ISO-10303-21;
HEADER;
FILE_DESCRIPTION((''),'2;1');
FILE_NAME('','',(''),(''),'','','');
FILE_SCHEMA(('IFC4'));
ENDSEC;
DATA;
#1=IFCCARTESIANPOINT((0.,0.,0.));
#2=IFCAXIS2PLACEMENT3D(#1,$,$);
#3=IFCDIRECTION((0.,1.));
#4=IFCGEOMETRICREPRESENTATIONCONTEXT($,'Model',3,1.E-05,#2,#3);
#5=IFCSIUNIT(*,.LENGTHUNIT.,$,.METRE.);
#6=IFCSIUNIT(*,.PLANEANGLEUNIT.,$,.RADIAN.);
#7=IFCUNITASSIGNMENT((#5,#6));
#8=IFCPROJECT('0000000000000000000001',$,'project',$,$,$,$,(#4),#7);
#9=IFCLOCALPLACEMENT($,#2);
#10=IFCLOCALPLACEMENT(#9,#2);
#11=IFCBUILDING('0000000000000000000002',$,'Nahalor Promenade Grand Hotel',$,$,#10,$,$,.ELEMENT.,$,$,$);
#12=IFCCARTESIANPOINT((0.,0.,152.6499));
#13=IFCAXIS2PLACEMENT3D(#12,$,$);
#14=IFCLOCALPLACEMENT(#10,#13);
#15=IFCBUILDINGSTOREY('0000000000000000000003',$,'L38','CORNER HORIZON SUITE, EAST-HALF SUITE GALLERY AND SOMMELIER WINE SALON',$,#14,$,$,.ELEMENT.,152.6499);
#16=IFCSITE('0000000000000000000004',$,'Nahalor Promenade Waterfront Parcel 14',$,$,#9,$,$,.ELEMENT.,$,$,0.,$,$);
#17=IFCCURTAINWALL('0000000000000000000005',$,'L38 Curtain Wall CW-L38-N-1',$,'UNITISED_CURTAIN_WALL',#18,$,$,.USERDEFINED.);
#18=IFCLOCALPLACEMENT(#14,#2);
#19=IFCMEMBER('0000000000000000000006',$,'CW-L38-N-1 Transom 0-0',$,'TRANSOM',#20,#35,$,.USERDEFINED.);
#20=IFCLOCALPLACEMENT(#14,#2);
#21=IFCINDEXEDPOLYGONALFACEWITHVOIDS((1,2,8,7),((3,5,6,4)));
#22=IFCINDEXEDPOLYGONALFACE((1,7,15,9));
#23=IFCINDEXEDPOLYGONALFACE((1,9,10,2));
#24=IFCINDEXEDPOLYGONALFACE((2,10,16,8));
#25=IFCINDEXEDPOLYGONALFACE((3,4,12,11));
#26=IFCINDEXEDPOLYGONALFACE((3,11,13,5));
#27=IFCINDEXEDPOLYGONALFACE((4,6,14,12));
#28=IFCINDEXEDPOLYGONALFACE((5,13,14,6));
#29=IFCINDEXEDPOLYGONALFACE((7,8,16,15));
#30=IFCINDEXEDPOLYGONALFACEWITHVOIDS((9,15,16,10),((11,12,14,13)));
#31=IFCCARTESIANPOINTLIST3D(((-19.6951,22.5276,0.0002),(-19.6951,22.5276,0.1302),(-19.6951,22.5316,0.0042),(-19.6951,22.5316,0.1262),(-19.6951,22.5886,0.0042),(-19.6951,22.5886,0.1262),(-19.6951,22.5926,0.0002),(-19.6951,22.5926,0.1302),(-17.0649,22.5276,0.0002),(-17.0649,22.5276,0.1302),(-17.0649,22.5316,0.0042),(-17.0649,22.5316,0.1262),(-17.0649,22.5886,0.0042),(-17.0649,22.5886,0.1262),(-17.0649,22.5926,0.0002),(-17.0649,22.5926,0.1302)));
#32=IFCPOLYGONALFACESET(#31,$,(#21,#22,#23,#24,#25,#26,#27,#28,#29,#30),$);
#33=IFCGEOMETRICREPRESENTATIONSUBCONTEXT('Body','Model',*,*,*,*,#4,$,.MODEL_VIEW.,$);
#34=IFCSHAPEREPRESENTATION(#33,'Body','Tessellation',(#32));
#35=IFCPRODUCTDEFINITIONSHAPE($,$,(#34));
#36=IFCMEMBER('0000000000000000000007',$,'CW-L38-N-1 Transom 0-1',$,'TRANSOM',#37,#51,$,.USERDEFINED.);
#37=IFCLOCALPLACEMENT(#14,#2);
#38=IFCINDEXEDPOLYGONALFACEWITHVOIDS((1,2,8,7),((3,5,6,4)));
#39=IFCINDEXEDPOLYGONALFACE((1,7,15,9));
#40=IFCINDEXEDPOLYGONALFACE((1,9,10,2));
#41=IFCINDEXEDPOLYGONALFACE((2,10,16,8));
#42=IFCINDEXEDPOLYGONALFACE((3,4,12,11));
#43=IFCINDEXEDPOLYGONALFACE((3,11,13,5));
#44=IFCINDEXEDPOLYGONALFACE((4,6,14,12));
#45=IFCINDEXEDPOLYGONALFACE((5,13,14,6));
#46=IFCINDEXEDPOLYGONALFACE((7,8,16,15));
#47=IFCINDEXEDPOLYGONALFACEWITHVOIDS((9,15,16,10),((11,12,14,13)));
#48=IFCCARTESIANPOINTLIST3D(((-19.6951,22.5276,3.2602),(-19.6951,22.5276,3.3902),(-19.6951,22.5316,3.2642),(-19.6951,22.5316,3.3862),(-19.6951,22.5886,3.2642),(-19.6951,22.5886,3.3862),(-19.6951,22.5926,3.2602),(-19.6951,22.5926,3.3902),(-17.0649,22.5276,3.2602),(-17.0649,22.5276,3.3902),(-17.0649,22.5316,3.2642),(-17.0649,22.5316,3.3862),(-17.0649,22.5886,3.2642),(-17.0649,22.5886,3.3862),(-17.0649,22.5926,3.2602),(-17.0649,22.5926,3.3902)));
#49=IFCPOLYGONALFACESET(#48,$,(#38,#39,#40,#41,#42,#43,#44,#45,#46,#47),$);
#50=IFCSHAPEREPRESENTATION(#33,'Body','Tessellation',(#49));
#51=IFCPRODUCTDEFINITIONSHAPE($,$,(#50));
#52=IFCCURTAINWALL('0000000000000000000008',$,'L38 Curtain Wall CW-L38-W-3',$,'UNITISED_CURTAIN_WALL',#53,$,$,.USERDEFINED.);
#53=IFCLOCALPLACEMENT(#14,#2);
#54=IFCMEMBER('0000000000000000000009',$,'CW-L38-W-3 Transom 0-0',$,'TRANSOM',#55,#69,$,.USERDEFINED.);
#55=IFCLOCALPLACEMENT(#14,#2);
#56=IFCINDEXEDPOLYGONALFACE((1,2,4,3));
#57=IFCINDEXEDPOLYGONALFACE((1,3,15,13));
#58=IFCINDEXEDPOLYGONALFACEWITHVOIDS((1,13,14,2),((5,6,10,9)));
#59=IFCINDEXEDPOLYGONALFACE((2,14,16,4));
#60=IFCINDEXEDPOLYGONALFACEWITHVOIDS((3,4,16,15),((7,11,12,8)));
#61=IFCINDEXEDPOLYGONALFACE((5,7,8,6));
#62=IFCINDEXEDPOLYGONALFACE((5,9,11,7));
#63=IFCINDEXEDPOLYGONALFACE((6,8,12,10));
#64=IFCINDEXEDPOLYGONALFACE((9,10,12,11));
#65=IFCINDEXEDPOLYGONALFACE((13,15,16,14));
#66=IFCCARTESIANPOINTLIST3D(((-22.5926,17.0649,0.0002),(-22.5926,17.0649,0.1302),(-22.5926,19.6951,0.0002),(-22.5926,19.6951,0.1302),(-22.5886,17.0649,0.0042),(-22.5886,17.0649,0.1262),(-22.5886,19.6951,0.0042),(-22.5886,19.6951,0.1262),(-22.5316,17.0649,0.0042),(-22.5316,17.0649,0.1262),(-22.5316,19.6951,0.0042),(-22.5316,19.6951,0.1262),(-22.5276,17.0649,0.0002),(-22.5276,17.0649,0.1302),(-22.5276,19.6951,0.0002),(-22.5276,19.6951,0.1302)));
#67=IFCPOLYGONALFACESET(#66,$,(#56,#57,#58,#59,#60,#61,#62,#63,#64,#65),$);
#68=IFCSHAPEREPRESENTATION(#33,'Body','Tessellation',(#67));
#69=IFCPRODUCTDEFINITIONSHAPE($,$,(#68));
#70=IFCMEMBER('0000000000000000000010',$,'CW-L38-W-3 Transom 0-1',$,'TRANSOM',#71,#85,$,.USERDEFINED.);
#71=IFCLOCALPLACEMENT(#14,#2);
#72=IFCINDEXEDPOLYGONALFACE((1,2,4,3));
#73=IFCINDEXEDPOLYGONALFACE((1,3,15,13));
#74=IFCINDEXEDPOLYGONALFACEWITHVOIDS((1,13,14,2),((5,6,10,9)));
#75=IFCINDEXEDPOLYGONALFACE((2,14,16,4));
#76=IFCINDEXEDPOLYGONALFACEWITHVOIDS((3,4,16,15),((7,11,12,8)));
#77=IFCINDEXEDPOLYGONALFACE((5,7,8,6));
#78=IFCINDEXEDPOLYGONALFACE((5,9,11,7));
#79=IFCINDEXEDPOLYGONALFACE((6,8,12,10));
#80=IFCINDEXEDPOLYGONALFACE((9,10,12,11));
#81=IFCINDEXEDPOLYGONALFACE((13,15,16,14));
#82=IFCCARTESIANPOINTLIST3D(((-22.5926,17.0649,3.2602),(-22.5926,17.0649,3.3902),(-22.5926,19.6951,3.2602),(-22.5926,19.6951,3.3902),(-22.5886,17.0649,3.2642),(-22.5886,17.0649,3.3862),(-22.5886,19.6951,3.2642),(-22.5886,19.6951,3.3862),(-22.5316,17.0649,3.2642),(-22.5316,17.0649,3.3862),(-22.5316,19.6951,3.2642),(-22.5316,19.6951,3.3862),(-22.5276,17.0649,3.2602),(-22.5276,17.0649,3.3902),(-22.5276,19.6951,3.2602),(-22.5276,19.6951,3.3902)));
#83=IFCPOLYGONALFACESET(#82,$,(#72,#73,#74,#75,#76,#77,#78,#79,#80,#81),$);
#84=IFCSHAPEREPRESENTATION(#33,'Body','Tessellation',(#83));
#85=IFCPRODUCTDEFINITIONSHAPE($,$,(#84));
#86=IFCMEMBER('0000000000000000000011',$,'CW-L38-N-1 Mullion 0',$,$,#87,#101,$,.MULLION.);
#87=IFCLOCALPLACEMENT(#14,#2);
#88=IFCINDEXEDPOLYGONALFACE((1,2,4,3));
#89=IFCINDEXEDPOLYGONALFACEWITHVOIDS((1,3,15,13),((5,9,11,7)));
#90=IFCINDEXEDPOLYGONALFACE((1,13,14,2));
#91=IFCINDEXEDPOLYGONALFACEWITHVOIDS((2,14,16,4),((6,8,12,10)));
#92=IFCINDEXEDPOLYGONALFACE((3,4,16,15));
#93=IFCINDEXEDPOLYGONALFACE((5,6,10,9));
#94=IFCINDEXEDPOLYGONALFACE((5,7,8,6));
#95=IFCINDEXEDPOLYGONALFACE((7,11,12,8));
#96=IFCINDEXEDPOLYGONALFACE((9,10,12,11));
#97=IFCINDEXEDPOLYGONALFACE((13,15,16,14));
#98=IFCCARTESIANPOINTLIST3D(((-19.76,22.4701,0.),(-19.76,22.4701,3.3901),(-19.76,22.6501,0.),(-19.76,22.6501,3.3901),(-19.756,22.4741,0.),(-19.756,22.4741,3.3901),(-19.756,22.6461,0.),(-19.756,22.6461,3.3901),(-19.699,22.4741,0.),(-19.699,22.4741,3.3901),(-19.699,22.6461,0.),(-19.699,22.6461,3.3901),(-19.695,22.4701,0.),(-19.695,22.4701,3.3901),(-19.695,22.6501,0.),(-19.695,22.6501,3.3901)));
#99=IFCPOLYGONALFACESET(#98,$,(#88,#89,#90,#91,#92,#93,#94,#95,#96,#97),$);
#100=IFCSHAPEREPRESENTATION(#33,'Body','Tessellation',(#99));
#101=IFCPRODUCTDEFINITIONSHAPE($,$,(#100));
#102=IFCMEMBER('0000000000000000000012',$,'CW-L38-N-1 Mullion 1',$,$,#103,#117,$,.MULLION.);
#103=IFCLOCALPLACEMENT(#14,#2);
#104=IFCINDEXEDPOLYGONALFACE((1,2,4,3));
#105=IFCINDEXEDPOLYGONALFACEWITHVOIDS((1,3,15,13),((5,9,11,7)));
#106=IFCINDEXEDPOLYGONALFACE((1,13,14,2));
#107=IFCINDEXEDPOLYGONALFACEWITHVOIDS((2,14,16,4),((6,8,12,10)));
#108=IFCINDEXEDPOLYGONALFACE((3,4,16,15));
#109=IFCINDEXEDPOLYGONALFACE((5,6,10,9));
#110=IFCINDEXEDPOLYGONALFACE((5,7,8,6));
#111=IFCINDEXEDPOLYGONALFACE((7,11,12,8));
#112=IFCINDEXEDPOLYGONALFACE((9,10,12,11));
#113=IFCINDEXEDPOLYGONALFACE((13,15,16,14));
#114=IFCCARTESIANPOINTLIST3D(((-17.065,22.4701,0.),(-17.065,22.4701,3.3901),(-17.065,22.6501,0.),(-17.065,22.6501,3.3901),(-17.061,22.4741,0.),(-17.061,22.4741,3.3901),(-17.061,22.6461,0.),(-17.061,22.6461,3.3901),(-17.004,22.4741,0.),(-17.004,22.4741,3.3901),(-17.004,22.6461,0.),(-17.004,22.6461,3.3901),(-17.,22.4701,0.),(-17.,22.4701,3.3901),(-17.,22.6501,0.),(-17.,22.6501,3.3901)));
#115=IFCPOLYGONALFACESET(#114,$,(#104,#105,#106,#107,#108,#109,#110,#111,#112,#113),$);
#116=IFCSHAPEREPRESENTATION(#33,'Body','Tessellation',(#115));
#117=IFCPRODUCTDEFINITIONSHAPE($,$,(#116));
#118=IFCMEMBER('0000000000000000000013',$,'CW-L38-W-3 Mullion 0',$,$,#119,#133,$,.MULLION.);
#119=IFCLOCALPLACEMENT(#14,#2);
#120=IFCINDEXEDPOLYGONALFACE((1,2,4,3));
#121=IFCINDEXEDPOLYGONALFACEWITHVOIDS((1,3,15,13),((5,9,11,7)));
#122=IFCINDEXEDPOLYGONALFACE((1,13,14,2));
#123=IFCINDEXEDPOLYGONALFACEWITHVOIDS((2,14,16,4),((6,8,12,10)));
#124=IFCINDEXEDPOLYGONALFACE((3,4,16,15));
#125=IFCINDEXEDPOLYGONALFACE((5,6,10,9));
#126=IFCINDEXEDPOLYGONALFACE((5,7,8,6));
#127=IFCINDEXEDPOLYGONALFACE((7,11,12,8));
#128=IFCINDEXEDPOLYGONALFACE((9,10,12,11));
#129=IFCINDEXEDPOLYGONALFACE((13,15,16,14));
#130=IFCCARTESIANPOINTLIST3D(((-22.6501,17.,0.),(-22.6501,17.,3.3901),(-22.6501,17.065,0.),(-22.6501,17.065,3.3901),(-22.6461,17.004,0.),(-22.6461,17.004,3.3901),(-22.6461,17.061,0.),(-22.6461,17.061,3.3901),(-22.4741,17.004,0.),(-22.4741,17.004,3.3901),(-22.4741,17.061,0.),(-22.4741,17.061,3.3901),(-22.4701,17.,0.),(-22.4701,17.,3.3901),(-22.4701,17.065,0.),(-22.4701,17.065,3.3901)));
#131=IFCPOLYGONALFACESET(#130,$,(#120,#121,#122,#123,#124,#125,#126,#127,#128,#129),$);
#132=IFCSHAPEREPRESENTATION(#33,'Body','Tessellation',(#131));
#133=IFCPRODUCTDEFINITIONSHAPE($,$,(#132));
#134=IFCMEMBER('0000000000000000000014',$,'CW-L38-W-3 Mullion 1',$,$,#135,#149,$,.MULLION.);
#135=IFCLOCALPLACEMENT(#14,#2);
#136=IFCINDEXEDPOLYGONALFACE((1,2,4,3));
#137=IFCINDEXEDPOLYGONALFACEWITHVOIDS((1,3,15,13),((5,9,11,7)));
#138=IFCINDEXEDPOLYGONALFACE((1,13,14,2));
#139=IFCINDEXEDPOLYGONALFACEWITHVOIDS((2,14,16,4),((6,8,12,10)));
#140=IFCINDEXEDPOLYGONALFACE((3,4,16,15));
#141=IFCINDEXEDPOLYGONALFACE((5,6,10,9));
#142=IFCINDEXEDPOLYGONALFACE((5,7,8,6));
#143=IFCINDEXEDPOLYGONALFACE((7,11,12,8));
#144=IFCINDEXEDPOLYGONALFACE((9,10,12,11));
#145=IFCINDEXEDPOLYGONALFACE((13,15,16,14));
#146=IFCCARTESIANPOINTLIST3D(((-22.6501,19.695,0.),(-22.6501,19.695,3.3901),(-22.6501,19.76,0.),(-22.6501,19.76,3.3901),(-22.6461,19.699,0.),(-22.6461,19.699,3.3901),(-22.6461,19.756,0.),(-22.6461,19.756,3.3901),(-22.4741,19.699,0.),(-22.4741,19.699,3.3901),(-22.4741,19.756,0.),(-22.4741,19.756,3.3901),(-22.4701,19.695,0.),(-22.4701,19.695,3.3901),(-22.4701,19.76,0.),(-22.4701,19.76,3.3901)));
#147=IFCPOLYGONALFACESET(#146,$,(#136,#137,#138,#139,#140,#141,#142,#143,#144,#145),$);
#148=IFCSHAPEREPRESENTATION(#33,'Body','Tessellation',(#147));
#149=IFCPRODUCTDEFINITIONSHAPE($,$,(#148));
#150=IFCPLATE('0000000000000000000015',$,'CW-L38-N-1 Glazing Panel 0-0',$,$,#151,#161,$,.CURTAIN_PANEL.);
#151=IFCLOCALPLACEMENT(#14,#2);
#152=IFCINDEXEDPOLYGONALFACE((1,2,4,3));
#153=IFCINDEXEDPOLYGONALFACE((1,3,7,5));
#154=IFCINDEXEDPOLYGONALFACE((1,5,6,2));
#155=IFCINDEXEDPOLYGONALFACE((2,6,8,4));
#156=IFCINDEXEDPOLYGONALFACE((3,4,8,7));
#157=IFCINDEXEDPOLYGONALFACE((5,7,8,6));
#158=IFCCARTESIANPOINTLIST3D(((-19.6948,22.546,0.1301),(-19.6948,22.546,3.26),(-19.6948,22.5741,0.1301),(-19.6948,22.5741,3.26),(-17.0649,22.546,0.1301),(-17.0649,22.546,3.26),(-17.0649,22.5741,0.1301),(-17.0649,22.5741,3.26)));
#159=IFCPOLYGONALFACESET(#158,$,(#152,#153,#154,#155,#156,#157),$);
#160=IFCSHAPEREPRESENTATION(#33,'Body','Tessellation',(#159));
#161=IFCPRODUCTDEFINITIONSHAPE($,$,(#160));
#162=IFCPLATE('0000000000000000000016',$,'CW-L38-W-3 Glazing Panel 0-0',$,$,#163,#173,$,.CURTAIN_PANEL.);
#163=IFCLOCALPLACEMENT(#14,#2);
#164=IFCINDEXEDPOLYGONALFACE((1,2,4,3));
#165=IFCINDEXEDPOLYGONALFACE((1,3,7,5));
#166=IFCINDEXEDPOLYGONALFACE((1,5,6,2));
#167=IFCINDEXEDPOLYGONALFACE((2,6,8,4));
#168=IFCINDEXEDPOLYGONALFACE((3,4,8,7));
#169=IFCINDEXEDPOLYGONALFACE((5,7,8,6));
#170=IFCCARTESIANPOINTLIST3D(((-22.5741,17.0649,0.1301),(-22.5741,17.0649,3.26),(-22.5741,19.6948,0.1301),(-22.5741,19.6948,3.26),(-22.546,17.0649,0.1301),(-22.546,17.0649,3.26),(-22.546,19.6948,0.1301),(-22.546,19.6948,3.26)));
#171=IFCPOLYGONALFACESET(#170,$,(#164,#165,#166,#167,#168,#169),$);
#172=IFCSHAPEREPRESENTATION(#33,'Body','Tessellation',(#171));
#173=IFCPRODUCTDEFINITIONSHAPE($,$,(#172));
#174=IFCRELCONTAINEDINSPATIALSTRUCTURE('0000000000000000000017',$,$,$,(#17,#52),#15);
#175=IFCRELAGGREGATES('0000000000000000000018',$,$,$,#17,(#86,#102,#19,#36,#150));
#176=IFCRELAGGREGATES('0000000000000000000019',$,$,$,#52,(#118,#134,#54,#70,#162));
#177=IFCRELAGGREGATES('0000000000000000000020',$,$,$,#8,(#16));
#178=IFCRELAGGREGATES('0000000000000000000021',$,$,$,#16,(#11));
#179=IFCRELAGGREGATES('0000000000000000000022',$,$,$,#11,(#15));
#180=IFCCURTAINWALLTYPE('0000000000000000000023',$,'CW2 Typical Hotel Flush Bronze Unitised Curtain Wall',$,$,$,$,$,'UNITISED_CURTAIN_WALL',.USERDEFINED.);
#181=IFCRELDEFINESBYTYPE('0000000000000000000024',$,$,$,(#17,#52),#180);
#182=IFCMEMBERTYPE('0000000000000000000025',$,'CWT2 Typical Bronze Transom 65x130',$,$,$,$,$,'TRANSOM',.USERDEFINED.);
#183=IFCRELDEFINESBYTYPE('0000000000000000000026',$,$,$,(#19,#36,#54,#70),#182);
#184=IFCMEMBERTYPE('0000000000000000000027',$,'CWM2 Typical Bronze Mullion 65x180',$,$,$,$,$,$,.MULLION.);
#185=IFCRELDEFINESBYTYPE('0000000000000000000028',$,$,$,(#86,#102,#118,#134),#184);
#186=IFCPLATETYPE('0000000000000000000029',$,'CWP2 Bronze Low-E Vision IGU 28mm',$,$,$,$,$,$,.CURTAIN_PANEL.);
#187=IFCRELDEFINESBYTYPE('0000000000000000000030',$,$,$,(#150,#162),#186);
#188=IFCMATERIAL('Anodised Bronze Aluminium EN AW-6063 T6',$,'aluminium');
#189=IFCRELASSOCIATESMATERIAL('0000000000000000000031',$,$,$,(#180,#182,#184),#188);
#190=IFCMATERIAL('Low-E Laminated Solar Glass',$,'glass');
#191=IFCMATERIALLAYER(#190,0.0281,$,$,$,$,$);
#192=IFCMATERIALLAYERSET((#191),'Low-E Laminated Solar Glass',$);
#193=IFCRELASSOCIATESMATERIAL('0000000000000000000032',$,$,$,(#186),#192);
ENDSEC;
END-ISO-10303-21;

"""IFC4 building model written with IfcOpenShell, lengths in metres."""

from ifc_helpers import new_model, si_unit, direction, frame, origin, origin_2d, place, context, subcontext, project, spatial, rectangle, hollow_rectangle, extrude, source, transform, mapped, material, layer, layer_set, material_profile, profile_set, type_object, element, aggregate, save


model = new_model("IFC4")

# Units and contexts
model_context = context("Model", 3, precision=1e-05, world=origin(), true_north=direction((0.0, 1.0)))
body_context = subcontext(model_context, "Body", "Model", "MODEL_VIEW")
ifc_project = project(units=[si_unit("LENGTHUNIT", "METRE"), si_unit("PLANEANGLEUNIT", "RADIAN")], contexts=[model_context])

# Site, building, storey
site_placement = place(None, origin())
site = spatial("IfcSite", under=ifc_project, at=site_placement, Name="Nahalor Promenade Waterfront Parcel 14", CompositionType="ELEMENT", RefElevation=0.0)
building_placement = place(site_placement, origin())
building = spatial("IfcBuilding", under=site, at=building_placement, Name="Nahalor Promenade Grand Hotel", CompositionType="ELEMENT")
storey_placement = place(building_placement, frame((0.0, 0.0, 152.6499)))
storey = spatial("IfcBuildingStorey", under=building, at=storey_placement, Name="L38", Description="CORNER HORIZON SUITE, EAST-HALF SUITE GALLERY AND SOMMELIER WINE SALON", CompositionType="ELEMENT", Elevation=152.6499)

# Curtain walls, members
ifc_material_1 = material(Name="Anodised Bronze Aluminium EN AW-6063 T6", Category="aluminium")
curtain_wall_type = type_object("IfcCurtainWallType", Name="CW2 Typical Hotel Flush Bronze Unitised Curtain Wall", ElementType="UNITISED_CURTAIN_WALL", PredefinedType="USERDEFINED", material=ifc_material_1)
curtain_wall_1_placement = place(storey_placement, origin())
curtain_wall_1 = element("IfcCurtainWall", 1, at=curtain_wall_1_placement, inside=storey, type_object=curtain_wall_type, Name="L38 Curtain Wall CW-L38-N-1", ObjectType="UNITISED_CURTAIN_WALL", PredefinedType="USERDEFINED")
ifc_material_profile_1 = material_profile(ifc_material_1, hollow_rectangle(XDim=0.065, YDim=0.13, WallThickness=0.004, at=origin_2d()), Name="CWT 65x130x4")
ifc_profile_set_1 = profile_set([ifc_material_profile_1], Name="Anodised Bronze Aluminium EN AW-6063 T6")
member_type_1 = type_object("IfcMemberType", Name="CWT2 Typical Bronze Transom 65x130", ElementType="TRANSOM", PredefinedType="USERDEFINED", material=ifc_profile_set_1)
shared_shape_1 = source(origin(), body_context, "Body", "SweptSolid", [
    extrude(hollow_rectangle(XDim=0.065, YDim=0.13, WallThickness=0.004, at=origin_2d()), origin(), (0.0, 0.0, 1.0), 2.6301),
])
member_1_placement = place(storey_placement, frame((-19.6951, 22.5601, 0.0652), z_axis=(1.0, 0.0, 0.0), x_axis=(0.0, 1.0, 0.0)))
member_1 = element("IfcMember", 2, at=member_1_placement, type_object=member_type_1, Name="CW-L38-N-1 Transom 0-0", ObjectType="TRANSOM", PredefinedType="USERDEFINED", context=body_context, shape_type="MappedRepresentation", body=[
    mapped(shared_shape_1, transform((0.0, 0.0, 0.0), scale=1.0)),
])
member_2_placement = place(storey_placement, frame((-19.6951, 22.5601, 3.3252), z_axis=(1.0, 0.0, 0.0), x_axis=(0.0, 1.0, 0.0)))
member_2 = element("IfcMember", 3, at=member_2_placement, type_object=member_type_1, Name="CW-L38-N-1 Transom 0-1", ObjectType="TRANSOM", PredefinedType="USERDEFINED", context=body_context, shape_type="MappedRepresentation", body=[
    mapped(shared_shape_1, transform((0.0, 0.0, 0.0), scale=1.0)),
])
curtain_wall_2_placement = place(storey_placement, origin())
curtain_wall_2 = element("IfcCurtainWall", 4, at=curtain_wall_2_placement, inside=storey, type_object=curtain_wall_type, Name="L38 Curtain Wall CW-L38-W-3", ObjectType="UNITISED_CURTAIN_WALL", PredefinedType="USERDEFINED")
member_3_placement = place(storey_placement, frame((-22.5601, 17.0649, 0.0652), z_axis=(0.0, 1.0, 0.0), x_axis=(-1.0, 0.0, 0.0)))
member_3 = element("IfcMember", 5, at=member_3_placement, type_object=member_type_1, Name="CW-L38-W-3 Transom 0-0", ObjectType="TRANSOM", PredefinedType="USERDEFINED", context=body_context, shape_type="MappedRepresentation", body=[
    mapped(shared_shape_1, transform((0.0, 0.0, 0.0), scale=1.0)),
])
member_4_placement = place(storey_placement, frame((-22.5601, 17.0649, 3.3252), z_axis=(0.0, 1.0, 0.0), x_axis=(-1.0, 0.0, 0.0)))
member_4 = element("IfcMember", 6, at=member_4_placement, type_object=member_type_1, Name="CW-L38-W-3 Transom 0-1", ObjectType="TRANSOM", PredefinedType="USERDEFINED", context=body_context, shape_type="MappedRepresentation", body=[
    mapped(shared_shape_1, transform((0.0, 0.0, 0.0), scale=1.0)),
])

# Members
ifc_material_profile_2 = material_profile(ifc_material_1, hollow_rectangle(XDim=0.065, YDim=0.18, WallThickness=0.004, at=origin_2d()), Name="CWM 65x180x4")
ifc_profile_set_2 = profile_set([ifc_material_profile_2], Name="Anodised Bronze Aluminium EN AW-6063 T6")
member_type_2 = type_object("IfcMemberType", Name="CWM2 Typical Bronze Mullion 65x180", PredefinedType="MULLION", material=ifc_profile_set_2)
shared_shape_2 = source(origin(), body_context, "Body", "SweptSolid", [
    extrude(hollow_rectangle(XDim=0.065, YDim=0.18, WallThickness=0.004, at=origin_2d()), origin(), (0.0, 0.0, 1.0), 3.3901),
])
member_5_placement = place(storey_placement, frame((-19.7275, 22.5601, 0.0), z_axis=(0.0, 0.0, 1.0), x_axis=(1.0, 0.0, 0.0)))
member_5 = element("IfcMember", 7, at=member_5_placement, type_object=member_type_2, Name="CW-L38-N-1 Mullion 0", PredefinedType="MULLION", context=body_context, shape_type="MappedRepresentation", body=[
    mapped(shared_shape_2, transform((0.0, 0.0, 0.0), scale=1.0)),
])
member_6_placement = place(storey_placement, frame((-17.0325, 22.5601, 0.0), z_axis=(0.0, 0.0, 1.0), x_axis=(1.0, 0.0, 0.0)))
member_6 = element("IfcMember", 8, at=member_6_placement, type_object=member_type_2, Name="CW-L38-N-1 Mullion 1", PredefinedType="MULLION", context=body_context, shape_type="MappedRepresentation", body=[
    mapped(shared_shape_2, transform((0.0, 0.0, 0.0), scale=1.0)),
])
member_7_placement = place(storey_placement, frame((-22.5601, 17.0325, 0.0), z_axis=(0.0, 0.0, 1.0), x_axis=(0.0, 1.0, 0.0)))
member_7 = element("IfcMember", 9, at=member_7_placement, type_object=member_type_2, Name="CW-L38-W-3 Mullion 0", PredefinedType="MULLION", context=body_context, shape_type="MappedRepresentation", body=[
    mapped(shared_shape_2, transform((0.0, 0.0, 0.0), scale=1.0)),
])
member_8_placement = place(storey_placement, frame((-22.5601, 19.7275, 0.0), z_axis=(0.0, 0.0, 1.0), x_axis=(0.0, 1.0, 0.0)))
member_8 = element("IfcMember", 10, at=member_8_placement, type_object=member_type_2, Name="CW-L38-W-3 Mullion 1", PredefinedType="MULLION", context=body_context, shape_type="MappedRepresentation", body=[
    mapped(shared_shape_2, transform((0.0, 0.0, 0.0), scale=1.0)),
])

# Plates
ifc_material_2 = material(Name="Low-E Laminated Solar Glass", Category="glass")
ifc_layer_1 = layer(ifc_material_2, 0.0281)
ifc_layer_set_1 = layer_set([ifc_layer_1], Name="Low-E Laminated Solar Glass")
plate_type = type_object("IfcPlateType", Name="CWP2 Bronze Low-E Vision IGU 28mm", PredefinedType="CURTAIN_PANEL", material=ifc_layer_set_1)
shared_shape_3 = source(origin(), body_context, "Body", "SweptSolid", [
    extrude(rectangle(XDim=2.6299, YDim=0.0281, at=origin_2d()), origin(), (0.0, 0.0, 1.0), 3.1299),
])
plate_1_placement = place(storey_placement, frame((-18.3799, 22.5601, 0.1301), z_axis=(0.0, 0.0, 1.0), x_axis=(1.0, 0.0, 0.0)))
plate_1 = element("IfcPlate", 11, at=plate_1_placement, type_object=plate_type, Name="CW-L38-N-1 Glazing Panel 0-0", PredefinedType="CURTAIN_PANEL", context=body_context, shape_type="MappedRepresentation", body=[
    mapped(shared_shape_3, transform((0.0, 0.0, 0.0), scale=1.0)),
])
aggregate(curtain_wall_1, [member_5, member_6, member_1, member_2, plate_1])
plate_2_placement = place(storey_placement, frame((-22.5601, 18.3799, 0.1301), z_axis=(0.0, 0.0, 1.0), x_axis=(0.0, 1.0, 0.0)))
plate_2 = element("IfcPlate", 12, at=plate_2_placement, type_object=plate_type, Name="CW-L38-W-3 Glazing Panel 0-0", PredefinedType="CURTAIN_PANEL", context=body_context, shape_type="MappedRepresentation", body=[
    mapped(shared_shape_3, transform((0.0, 0.0, 0.0), scale=1.0)),
])
aggregate(curtain_wall_2, [member_7, member_8, member_3, member_4, plate_2])

save(model, "model.ifc")
